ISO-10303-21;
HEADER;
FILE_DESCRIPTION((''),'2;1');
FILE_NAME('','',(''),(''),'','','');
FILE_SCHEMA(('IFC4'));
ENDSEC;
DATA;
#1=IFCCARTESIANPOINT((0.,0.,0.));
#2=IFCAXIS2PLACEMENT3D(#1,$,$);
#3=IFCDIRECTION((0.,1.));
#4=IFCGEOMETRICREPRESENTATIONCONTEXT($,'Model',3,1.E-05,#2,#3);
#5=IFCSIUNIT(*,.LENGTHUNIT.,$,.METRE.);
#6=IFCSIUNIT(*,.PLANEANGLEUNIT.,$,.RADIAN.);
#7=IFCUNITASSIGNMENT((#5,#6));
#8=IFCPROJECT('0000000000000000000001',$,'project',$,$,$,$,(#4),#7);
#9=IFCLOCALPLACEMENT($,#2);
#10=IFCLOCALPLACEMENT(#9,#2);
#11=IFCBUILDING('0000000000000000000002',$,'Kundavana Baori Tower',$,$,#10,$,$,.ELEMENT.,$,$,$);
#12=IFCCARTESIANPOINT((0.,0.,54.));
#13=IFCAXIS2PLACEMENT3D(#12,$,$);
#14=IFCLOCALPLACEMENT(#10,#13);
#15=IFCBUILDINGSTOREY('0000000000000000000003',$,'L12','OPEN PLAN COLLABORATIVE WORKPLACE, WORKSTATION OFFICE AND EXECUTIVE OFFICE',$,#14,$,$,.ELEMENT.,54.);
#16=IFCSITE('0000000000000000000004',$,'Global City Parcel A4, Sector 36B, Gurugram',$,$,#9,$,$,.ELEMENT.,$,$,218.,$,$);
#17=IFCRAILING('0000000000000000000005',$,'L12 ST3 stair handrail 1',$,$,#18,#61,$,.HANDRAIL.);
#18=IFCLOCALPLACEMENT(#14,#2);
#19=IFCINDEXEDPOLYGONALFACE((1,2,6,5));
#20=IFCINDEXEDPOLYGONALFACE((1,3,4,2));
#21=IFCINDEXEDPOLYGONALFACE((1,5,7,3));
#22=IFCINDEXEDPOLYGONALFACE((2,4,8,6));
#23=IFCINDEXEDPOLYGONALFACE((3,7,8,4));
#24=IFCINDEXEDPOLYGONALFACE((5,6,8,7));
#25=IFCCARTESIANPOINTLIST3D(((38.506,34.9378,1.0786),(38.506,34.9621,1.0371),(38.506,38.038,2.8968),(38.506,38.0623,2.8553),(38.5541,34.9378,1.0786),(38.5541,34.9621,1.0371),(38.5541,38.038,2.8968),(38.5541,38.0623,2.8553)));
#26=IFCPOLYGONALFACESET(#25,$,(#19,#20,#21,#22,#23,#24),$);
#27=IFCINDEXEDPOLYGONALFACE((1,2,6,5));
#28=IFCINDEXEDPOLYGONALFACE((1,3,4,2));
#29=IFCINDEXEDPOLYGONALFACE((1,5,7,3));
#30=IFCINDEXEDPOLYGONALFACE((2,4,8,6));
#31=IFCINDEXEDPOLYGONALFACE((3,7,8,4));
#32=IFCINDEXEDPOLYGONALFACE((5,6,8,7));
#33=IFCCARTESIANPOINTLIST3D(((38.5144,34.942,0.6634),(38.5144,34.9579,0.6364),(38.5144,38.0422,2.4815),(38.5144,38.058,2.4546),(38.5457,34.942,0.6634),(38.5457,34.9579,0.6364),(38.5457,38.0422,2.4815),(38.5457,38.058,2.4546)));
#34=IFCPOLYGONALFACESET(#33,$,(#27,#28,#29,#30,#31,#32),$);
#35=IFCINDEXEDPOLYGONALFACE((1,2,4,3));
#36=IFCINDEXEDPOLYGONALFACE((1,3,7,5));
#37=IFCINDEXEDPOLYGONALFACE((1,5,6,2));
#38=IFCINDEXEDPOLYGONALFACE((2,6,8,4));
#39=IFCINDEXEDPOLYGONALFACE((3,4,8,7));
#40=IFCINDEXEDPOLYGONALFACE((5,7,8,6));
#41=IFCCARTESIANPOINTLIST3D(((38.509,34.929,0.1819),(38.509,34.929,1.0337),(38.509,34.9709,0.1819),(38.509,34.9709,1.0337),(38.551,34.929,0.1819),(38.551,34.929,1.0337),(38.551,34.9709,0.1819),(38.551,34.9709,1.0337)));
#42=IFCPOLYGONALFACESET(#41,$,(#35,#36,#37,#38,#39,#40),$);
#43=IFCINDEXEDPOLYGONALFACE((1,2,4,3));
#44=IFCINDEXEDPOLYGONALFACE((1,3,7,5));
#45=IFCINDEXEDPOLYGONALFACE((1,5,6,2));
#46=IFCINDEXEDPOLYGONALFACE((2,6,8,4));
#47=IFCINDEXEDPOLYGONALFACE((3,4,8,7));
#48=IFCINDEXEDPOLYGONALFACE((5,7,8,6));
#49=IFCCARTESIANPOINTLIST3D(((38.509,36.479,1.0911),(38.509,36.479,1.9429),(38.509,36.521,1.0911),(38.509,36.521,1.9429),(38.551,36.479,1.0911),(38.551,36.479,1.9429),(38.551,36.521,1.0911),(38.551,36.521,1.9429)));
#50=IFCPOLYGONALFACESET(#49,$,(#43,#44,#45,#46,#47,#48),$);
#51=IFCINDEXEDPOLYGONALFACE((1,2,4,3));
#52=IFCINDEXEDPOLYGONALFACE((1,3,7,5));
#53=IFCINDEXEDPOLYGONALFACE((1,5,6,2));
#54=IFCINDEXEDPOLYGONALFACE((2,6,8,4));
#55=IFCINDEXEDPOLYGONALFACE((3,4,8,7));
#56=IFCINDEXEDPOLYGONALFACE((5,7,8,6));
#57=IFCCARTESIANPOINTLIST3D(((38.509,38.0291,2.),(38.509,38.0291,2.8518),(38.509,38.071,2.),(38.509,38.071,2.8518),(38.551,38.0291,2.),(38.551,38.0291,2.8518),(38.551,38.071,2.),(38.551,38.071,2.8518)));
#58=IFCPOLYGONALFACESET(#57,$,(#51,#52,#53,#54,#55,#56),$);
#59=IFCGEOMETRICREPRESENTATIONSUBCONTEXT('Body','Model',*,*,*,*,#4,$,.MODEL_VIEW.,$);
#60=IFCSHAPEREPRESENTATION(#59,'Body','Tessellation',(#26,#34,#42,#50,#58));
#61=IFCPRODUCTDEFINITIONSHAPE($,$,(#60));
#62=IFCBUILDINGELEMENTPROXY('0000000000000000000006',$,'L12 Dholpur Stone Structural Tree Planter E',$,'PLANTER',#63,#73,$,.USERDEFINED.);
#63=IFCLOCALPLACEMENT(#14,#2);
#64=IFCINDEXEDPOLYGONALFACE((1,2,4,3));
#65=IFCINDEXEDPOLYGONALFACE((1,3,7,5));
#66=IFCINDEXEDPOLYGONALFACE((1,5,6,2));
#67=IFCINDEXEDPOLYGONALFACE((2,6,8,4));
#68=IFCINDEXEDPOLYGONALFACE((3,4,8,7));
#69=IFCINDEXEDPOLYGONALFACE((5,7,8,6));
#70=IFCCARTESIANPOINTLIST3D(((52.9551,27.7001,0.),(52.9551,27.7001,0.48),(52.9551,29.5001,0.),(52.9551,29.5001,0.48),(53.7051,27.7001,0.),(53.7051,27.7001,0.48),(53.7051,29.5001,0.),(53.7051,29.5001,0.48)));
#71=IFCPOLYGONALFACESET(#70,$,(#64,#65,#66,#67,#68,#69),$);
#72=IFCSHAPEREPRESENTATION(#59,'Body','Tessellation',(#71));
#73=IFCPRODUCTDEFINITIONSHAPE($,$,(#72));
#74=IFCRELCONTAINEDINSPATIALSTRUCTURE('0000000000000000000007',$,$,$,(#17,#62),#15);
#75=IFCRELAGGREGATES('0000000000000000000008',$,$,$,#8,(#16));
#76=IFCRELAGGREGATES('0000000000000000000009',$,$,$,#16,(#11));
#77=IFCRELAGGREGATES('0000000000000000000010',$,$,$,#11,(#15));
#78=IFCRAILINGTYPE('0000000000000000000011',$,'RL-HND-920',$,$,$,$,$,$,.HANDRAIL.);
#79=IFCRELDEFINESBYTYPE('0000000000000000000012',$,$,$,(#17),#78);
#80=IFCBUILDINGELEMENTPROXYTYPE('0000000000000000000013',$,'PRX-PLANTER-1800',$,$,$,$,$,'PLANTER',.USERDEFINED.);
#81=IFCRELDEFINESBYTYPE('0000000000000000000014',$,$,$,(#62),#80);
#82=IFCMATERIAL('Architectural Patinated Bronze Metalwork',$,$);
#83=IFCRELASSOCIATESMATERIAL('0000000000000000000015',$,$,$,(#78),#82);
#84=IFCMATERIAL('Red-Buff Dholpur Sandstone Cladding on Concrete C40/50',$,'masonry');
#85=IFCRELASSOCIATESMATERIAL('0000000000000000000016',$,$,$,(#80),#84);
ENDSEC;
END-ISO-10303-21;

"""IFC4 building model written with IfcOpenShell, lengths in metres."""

from ifc_helpers import new_model, si_unit, direction, frame, origin, origin_2d, place, context, subcontext, project, spatial, rectangle, extrude, material, type_object, element, save


model = new_model("IFC4")

# Units and contexts
model_context = context("Model", 3, precision=1e-05, world=origin(), true_north=direction((0.0, 1.0)))
body_context = subcontext(model_context, "Body", "Model", "MODEL_VIEW")
ifc_project = project(units=[si_unit("LENGTHUNIT", "METRE"), si_unit("PLANEANGLEUNIT", "RADIAN")], contexts=[model_context])

# Site, building, storey
site_placement = place(None, origin())
site = spatial("IfcSite", under=ifc_project, at=site_placement, Name="Global City Parcel A4, Sector 36B, Gurugram", CompositionType="ELEMENT", RefElevation=218.0)
building_placement = place(site_placement, origin())
building = spatial("IfcBuilding", under=site, at=building_placement, Name="Kundavana Baori Tower", CompositionType="ELEMENT")
storey_placement = place(building_placement, frame((0.0, 0.0, 54.0)))
storey = spatial("IfcBuildingStorey", under=building, at=storey_placement, Name="L12", Description="OPEN PLAN COLLABORATIVE WORKPLACE, WORKSTATION OFFICE AND EXECUTIVE OFFICE", CompositionType="ELEMENT", Elevation=54.0)

# Railing
ifc_material_1 = material(Name="Architectural Patinated Bronze Metalwork")
railing_type_1 = type_object("IfcRailingType", Name="RL-HND-920", PredefinedType="HANDRAIL", material=ifc_material_1)
railing_1_placement = place(storey_placement, frame((38.53, 34.95, 0.1819)))
element("IfcRailing", 1, at=railing_1_placement, inside=storey, type_object=railing_type_1, Name="L12 ST3 stair handrail 1", PredefinedType="HANDRAIL", context=body_context, shape_type="SweptSolid", body=[
    extrude(rectangle(XDim=0.0481, YDim=0.0481, at=origin_2d()), frame((0.0, 0.0, 0.876), z_axis=(0.0, 0.862599, 0.505889), x_axis=(-1.0, 0.0, 0.0)), (0.0, 0.0, 1.0), 3.594),
    extrude(rectangle(XDim=0.0312, YDim=0.0312, at=origin_2d()), frame((0.0, 0.0, 0.468), z_axis=(0.0, 0.862599, 0.505889), x_axis=(-1.0, 0.0, 0.0)), (0.0, 0.0, 1.0), 3.594),
    extrude(rectangle(XDim=0.042, YDim=0.042, at=origin_2d()), origin(), (0.0, 0.0, 1.0), 0.8518),
    extrude(rectangle(XDim=0.042, YDim=0.042, at=origin_2d()), frame((0.0, 1.55, 0.9092)), (0.0, 0.0, 1.0), 0.8518),
    extrude(rectangle(XDim=0.042, YDim=0.042, at=origin_2d()), frame((0.0, 3.1001, 1.8181)), (0.0, 0.0, 1.0), 0.8518),
])

# Building element proxy
ifc_material_2 = material(Name="Red-Buff Dholpur Sandstone Cladding on Concrete C40/50", Category="masonry")
building_element_proxy_type = type_object("IfcBuildingElementProxyType", Name="PRX-PLANTER-1800", ElementType="PLANTER", PredefinedType="USERDEFINED", material=ifc_material_2)
proxy_placement = place(storey_placement, frame((53.3301, 28.6001, 0.0), z_axis=(0.0, 0.0, 1.0), x_axis=(0.0, 1.0, 0.0)))
element("IfcBuildingElementProxy", 2, at=proxy_placement, inside=storey, type_object=building_element_proxy_type, Name="L12 Dholpur Stone Structural Tree Planter E", ObjectType="PLANTER", PredefinedType="USERDEFINED", context=body_context, shape_type="SweptSolid", body=[
    extrude(rectangle(XDim=1.8, YDim=0.75, at=origin_2d()), origin(), (0.0, 0.0, 1.0), 0.48),
])

save(model, "model.ifc")
